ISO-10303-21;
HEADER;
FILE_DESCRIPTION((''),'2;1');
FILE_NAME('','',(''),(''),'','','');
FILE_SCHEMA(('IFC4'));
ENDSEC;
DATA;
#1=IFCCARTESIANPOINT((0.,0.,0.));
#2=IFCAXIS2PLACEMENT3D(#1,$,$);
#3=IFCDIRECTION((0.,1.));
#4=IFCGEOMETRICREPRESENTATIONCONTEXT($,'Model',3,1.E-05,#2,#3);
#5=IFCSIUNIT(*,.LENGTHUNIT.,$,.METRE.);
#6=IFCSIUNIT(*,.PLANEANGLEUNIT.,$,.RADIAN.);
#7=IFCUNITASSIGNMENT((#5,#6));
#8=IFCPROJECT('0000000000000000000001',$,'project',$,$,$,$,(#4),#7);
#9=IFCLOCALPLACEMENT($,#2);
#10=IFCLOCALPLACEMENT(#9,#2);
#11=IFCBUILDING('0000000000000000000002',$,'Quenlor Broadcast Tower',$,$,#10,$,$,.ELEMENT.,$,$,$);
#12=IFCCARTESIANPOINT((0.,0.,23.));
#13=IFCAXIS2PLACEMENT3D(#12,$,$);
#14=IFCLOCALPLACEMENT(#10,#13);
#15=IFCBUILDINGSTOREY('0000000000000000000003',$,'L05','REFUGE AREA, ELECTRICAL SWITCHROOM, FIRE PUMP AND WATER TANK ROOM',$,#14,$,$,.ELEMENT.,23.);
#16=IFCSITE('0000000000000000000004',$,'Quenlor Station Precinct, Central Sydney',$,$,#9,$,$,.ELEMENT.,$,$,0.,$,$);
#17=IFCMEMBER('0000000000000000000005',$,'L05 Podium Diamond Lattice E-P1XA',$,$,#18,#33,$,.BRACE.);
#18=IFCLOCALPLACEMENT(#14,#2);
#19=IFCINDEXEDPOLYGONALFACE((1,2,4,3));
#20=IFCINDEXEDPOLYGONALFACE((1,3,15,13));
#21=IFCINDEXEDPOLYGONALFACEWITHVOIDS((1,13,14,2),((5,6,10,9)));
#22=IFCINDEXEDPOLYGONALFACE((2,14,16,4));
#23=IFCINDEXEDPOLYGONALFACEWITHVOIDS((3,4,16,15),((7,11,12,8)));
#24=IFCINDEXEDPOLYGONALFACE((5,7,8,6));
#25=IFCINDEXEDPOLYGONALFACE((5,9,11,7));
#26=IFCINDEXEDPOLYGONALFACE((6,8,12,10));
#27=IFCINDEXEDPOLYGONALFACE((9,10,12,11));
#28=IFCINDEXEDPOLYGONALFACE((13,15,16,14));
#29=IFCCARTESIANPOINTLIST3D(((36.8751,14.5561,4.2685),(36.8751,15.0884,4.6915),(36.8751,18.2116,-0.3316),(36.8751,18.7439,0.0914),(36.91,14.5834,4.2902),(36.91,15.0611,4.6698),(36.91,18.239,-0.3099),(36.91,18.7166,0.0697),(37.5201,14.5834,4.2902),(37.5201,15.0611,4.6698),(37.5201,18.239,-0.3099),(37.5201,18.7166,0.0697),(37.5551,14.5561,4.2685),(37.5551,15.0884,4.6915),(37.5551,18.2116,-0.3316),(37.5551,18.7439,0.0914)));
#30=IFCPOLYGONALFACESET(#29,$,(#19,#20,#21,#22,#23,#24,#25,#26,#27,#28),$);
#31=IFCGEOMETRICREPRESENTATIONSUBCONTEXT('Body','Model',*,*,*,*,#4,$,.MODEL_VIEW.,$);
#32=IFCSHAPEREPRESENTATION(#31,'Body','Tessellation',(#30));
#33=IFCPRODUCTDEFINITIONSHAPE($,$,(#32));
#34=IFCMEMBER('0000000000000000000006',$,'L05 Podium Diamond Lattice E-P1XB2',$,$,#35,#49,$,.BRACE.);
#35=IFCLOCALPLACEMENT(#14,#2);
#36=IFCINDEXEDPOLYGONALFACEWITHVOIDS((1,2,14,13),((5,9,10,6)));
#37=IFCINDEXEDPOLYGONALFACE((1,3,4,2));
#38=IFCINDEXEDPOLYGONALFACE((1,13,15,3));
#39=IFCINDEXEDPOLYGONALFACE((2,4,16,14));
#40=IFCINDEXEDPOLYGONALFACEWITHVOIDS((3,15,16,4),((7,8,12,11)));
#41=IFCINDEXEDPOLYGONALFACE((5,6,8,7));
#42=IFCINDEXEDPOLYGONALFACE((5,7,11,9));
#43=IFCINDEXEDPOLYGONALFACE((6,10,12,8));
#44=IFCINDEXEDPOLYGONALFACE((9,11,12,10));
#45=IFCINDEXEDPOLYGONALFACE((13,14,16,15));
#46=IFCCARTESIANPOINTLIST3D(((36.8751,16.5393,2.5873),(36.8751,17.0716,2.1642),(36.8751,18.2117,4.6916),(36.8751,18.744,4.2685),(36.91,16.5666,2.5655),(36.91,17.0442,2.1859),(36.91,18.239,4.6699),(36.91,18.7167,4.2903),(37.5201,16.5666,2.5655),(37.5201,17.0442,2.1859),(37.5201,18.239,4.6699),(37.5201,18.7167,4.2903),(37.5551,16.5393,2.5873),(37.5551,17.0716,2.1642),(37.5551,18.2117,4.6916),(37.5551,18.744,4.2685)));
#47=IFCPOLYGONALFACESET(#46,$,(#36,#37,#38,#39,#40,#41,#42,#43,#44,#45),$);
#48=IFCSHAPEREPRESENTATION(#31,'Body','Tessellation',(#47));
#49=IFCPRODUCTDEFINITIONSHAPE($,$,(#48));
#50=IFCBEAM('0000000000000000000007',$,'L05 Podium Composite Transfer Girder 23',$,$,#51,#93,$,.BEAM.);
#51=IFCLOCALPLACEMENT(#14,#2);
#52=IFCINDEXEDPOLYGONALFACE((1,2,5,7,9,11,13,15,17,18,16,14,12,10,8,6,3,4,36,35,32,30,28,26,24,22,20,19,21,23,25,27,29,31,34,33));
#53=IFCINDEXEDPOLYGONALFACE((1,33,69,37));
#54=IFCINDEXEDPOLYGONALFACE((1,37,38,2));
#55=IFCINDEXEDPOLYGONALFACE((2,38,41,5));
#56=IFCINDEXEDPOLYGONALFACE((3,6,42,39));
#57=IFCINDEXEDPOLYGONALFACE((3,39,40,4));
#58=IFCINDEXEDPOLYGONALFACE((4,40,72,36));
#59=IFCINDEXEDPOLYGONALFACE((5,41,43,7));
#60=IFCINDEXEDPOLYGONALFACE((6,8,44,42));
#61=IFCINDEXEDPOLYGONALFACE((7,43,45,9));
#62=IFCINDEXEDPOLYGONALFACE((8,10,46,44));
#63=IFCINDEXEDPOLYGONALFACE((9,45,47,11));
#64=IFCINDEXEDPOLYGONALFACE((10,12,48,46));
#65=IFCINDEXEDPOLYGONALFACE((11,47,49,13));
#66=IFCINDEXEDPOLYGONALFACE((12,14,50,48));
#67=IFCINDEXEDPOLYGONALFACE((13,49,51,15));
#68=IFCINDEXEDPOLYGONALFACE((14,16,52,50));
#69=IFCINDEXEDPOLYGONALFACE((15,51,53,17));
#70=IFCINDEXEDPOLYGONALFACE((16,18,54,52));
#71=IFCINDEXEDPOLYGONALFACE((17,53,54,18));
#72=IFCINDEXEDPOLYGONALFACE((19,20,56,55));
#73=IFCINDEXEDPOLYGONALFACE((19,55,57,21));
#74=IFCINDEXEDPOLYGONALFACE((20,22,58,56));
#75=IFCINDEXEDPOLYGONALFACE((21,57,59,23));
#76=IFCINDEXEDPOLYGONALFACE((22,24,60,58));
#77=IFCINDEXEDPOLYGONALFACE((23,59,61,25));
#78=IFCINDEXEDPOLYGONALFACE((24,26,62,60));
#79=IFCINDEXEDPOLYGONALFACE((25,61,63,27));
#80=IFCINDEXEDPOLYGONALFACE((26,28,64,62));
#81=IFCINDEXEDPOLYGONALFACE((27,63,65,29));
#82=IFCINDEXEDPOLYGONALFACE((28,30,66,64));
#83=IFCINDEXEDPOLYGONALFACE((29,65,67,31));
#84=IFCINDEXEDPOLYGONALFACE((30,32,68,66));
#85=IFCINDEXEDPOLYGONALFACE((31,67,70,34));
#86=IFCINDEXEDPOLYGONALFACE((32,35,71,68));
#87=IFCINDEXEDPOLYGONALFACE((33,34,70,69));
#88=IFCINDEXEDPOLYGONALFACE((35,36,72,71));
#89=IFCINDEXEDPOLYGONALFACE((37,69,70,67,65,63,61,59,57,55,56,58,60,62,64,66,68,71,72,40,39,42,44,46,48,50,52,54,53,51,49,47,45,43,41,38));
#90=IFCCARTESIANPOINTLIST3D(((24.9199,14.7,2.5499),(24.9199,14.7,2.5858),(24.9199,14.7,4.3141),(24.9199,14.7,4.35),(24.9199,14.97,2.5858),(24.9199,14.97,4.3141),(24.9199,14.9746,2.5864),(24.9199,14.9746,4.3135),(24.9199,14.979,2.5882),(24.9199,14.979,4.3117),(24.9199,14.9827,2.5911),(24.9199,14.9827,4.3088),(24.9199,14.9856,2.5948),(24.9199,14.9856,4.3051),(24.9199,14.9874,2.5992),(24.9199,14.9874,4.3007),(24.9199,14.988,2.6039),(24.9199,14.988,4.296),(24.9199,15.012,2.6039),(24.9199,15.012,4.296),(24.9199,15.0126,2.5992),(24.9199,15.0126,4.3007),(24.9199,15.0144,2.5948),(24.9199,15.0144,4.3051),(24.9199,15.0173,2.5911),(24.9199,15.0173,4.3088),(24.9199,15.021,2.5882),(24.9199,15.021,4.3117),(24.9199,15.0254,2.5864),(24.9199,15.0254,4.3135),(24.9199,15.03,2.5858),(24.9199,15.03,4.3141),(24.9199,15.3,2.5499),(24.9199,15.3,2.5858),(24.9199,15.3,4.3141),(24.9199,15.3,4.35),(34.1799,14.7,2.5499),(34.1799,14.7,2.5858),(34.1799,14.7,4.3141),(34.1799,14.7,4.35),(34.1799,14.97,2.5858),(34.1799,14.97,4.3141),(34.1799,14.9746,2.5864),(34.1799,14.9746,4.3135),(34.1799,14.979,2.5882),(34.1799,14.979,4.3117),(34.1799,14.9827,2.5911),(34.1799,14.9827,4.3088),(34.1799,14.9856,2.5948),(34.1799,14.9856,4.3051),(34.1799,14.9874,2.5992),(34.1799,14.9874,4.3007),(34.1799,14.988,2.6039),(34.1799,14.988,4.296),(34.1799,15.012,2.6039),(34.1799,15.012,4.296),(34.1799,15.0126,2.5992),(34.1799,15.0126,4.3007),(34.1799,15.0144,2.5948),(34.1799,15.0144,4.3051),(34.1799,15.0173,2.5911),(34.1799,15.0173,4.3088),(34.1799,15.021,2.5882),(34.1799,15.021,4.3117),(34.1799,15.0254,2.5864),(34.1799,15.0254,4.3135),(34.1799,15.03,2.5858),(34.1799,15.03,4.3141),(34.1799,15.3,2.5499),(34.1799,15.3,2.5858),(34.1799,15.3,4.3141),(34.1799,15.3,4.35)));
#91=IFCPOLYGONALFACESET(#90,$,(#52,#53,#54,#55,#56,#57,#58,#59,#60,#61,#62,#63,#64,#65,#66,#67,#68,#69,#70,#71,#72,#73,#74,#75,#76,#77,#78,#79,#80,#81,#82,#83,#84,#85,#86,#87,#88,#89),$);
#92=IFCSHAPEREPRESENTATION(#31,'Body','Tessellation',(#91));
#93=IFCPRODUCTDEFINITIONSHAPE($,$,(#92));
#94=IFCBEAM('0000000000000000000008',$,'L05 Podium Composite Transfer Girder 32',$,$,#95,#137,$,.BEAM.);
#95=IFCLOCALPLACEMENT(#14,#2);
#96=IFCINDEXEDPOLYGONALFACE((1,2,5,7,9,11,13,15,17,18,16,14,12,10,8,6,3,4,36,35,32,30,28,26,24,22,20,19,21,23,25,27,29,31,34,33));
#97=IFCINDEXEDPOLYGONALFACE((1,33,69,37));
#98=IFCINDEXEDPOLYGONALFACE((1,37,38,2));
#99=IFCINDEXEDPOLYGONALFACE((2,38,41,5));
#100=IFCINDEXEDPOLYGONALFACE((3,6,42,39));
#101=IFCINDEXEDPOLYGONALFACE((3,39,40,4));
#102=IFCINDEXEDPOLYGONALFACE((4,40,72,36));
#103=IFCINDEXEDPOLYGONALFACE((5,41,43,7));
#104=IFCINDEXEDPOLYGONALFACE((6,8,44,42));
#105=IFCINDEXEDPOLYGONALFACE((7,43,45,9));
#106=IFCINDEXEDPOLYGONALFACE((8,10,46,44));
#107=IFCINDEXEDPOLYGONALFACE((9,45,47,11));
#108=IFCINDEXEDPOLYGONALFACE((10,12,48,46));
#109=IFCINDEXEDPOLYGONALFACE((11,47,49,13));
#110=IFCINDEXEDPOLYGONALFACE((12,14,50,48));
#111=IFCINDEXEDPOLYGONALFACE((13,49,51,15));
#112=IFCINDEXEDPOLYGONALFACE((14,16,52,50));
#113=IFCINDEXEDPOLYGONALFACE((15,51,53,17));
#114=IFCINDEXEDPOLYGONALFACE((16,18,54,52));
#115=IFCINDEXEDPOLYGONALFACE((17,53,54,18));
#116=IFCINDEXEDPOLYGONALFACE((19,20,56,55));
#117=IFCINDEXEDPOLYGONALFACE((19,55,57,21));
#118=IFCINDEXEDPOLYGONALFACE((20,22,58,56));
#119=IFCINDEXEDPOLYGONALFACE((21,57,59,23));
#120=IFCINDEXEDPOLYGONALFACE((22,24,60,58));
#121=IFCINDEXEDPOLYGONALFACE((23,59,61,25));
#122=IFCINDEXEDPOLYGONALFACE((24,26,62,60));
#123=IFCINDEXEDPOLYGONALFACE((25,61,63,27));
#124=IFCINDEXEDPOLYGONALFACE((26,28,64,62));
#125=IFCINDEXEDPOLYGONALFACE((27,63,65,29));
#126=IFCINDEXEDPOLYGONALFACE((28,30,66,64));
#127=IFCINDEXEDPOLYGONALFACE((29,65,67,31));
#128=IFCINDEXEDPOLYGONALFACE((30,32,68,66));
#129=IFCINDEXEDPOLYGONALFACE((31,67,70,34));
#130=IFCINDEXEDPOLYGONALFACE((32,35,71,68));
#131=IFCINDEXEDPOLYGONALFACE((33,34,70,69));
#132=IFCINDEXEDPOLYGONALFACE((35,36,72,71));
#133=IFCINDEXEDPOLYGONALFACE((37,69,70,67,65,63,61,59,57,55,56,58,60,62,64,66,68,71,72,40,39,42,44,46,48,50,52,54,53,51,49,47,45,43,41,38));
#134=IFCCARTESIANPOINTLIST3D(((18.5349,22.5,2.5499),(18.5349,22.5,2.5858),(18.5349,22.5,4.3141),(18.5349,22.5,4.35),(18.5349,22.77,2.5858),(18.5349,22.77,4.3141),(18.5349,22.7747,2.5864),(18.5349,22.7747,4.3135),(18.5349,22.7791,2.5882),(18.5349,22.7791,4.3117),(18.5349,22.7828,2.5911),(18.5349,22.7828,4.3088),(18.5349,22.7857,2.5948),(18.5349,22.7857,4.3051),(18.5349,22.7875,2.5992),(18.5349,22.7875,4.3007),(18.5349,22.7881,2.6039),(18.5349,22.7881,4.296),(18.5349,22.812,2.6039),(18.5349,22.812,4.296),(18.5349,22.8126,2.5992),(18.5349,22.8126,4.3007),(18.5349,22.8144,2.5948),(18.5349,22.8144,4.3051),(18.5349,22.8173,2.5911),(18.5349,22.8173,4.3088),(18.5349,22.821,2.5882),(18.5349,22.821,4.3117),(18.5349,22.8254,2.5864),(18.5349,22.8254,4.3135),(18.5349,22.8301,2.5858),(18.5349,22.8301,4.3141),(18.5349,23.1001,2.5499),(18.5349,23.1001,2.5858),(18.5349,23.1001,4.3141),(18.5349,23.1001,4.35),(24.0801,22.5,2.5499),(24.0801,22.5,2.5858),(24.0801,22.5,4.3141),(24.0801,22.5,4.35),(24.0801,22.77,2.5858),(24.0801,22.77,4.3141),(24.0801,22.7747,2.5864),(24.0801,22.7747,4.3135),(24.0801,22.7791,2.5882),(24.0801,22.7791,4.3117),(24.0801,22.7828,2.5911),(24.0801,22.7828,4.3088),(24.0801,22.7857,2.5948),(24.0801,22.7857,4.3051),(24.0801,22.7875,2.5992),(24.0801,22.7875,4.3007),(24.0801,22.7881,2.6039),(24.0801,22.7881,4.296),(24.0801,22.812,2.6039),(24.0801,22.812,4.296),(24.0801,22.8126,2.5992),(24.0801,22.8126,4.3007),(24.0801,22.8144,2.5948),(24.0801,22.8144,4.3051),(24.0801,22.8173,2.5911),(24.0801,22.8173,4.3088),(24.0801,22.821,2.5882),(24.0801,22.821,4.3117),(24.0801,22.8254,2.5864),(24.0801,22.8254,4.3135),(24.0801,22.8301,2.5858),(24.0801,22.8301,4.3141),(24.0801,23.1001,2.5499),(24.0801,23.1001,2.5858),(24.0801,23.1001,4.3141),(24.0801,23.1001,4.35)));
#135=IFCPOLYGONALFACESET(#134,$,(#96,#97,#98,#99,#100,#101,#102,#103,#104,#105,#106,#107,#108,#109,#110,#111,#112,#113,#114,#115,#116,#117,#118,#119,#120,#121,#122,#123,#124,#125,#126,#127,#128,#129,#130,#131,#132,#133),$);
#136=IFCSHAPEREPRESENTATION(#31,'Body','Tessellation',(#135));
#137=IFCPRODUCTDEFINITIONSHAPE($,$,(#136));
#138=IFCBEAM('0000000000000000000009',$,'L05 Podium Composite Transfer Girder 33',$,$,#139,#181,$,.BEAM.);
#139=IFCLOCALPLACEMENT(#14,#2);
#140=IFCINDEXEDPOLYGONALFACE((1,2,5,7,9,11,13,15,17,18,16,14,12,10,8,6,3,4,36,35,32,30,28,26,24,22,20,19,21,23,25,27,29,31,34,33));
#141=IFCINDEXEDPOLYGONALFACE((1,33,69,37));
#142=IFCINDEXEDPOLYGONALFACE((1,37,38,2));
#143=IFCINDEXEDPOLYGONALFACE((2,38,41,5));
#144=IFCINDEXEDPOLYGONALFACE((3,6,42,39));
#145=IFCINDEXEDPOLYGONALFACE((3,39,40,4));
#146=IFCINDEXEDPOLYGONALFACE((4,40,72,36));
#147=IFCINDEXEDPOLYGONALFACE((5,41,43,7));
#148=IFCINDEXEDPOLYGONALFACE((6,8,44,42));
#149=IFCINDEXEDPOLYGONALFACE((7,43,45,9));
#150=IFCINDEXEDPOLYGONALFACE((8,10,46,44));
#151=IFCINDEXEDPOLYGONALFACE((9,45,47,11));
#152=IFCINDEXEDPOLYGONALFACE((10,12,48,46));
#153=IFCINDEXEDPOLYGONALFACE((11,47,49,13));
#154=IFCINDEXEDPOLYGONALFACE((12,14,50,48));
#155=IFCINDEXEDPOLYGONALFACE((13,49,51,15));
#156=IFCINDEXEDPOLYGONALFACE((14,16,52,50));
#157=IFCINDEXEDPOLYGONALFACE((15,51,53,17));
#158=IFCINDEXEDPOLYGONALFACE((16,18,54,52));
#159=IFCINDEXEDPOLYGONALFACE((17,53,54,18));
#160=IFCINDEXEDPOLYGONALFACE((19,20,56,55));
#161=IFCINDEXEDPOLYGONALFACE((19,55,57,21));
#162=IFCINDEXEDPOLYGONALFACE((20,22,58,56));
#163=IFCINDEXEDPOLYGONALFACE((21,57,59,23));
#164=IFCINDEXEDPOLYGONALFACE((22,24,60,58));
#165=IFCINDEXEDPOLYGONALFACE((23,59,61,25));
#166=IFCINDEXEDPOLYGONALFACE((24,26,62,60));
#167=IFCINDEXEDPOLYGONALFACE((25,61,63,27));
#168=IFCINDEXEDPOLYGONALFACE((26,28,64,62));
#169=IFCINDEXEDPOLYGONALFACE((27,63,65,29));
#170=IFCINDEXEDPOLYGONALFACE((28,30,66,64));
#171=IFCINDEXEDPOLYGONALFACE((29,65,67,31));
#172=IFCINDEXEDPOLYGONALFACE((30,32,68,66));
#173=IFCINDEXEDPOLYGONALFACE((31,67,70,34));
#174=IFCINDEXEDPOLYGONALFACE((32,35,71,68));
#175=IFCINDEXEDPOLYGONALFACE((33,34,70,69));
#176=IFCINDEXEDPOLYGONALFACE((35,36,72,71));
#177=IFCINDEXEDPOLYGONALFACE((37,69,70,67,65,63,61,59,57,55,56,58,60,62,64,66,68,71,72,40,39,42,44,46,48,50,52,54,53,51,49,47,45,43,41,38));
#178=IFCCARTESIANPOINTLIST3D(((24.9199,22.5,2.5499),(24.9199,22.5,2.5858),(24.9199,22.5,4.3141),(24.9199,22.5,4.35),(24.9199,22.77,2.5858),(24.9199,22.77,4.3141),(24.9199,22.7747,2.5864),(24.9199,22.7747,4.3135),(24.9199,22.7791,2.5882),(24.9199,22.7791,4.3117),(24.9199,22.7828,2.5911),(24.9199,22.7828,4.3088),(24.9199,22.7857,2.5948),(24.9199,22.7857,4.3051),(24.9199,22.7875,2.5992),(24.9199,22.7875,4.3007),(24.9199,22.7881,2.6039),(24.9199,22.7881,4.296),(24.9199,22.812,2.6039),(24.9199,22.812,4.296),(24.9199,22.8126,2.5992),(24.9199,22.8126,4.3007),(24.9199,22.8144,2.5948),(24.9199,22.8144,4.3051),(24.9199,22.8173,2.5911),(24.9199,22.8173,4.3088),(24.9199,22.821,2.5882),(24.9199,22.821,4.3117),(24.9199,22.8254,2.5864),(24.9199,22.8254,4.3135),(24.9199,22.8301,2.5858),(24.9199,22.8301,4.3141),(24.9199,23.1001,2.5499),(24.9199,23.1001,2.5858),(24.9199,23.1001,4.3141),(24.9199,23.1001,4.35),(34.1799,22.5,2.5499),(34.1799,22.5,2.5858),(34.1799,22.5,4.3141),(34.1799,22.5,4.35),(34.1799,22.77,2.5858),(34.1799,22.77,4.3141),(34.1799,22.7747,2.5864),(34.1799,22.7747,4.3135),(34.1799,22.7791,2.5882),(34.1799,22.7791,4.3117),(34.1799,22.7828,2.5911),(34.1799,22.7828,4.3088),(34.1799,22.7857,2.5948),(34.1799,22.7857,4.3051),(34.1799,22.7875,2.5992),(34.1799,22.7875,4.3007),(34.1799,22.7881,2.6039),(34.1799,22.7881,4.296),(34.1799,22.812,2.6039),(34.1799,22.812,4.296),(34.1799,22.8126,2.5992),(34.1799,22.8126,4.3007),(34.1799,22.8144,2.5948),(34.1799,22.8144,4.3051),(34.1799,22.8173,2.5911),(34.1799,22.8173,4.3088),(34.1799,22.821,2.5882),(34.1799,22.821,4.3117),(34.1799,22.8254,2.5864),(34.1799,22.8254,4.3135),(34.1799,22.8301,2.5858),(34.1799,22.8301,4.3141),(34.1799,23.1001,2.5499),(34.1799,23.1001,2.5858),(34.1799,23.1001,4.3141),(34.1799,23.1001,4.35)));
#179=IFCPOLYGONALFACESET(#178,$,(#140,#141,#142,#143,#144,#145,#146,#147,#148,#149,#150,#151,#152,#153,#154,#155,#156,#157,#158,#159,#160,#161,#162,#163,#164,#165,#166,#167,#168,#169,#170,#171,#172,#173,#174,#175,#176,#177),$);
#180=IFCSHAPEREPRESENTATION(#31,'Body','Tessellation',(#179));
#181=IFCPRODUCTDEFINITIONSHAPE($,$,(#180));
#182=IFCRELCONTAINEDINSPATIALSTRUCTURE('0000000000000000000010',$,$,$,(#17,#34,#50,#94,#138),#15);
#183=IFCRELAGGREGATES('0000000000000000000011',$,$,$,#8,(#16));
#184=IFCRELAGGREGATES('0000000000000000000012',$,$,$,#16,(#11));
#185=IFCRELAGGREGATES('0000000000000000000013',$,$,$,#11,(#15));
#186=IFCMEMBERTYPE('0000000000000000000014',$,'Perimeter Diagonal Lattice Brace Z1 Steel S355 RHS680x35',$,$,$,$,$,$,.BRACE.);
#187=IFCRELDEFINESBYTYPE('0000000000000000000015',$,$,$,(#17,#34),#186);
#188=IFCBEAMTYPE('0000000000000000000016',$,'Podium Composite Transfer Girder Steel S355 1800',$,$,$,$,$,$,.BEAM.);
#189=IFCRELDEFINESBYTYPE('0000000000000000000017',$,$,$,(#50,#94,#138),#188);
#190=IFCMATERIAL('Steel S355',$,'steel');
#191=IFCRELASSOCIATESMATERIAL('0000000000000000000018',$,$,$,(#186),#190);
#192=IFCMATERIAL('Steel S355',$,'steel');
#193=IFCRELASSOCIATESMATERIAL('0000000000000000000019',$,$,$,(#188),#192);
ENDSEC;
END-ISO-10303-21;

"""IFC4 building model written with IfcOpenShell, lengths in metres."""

from ifc_helpers import new_model, si_unit, direction, frame, origin, origin_2d, place, context, subcontext, project, spatial, hollow_rectangle, i_section, extrude, material, material_profile, profile_set, type_object, element, save


model = new_model("IFC4")

# Units and contexts
model_context = context("Model", 3, precision=1e-05, world=origin(), true_north=direction((0.0, 1.0)))
body_context = subcontext(model_context, "Body", "Model", "MODEL_VIEW")
ifc_project = project(units=[si_unit("LENGTHUNIT", "METRE"), si_unit("PLANEANGLEUNIT", "RADIAN")], contexts=[model_context])

# Site, building, storey
site_placement = place(None, origin())
site = spatial("IfcSite", under=ifc_project, at=site_placement, Name="Quenlor Station Precinct, Central Sydney", CompositionType="ELEMENT", RefElevation=0.0)
building_placement = place(site_placement, origin())
building = spatial("IfcBuilding", under=site, at=building_placement, Name="Quenlor Broadcast Tower", CompositionType="ELEMENT")
storey_placement = place(building_placement, frame((0.0, 0.0, 23.0)))
storey = spatial("IfcBuildingStorey", under=building, at=storey_placement, Name="L05", Description="REFUGE AREA, ELECTRICAL SWITCHROOM, FIRE PUMP AND WATER TANK ROOM", CompositionType="ELEMENT", Elevation=23.0)

# Members
ifc_material_1 = material(Name="Steel S355", Category="steel")
ifc_material_profile_1 = material_profile(ifc_material_1, hollow_rectangle(XDim=0.6799, YDim=0.6799, WallThickness=0.0349, at=origin_2d()))
ifc_profile_set_1 = profile_set([ifc_material_profile_1], Name="Steel S355 RHS680x680x35")
member_type = type_object("IfcMemberType", Name="Perimeter Diagonal Lattice Brace Z1 Steel S355 RHS680x35", PredefinedType="BRACE", material=ifc_profile_set_1)
member_1_placement = place(storey_placement, frame((37.2151, 18.4778, -0.1201), z_axis=(0.0, -0.622143, 0.782904), x_axis=(1.0, 0.0, 0.0)))
element("IfcMember", 1, at=member_1_placement, inside=storey, type_object=member_type, Name="L05 Podium Diamond Lattice E-P1XA", PredefinedType="BRACE", context=body_context, shape_type="SweptSolid", body=[
    extrude(hollow_rectangle(XDim=0.6799, YDim=0.6799, WallThickness=0.0349, at=origin_2d()), origin(), (0.0, 0.0, 1.0), 5.8757),
])
member_2_placement = place(storey_placement, frame((37.2151, 16.8054, 2.3757), z_axis=(0.0, 0.622188, 0.782867), x_axis=(-1.0, 0.0, 0.0)))
element("IfcMember", 2, at=member_2_placement, inside=storey, type_object=member_type, Name="L05 Podium Diamond Lattice E-P1XB2", PredefinedType="BRACE", context=body_context, shape_type="SweptSolid", body=[
    extrude(hollow_rectangle(XDim=0.6799, YDim=0.6799, WallThickness=0.0349, at=origin_2d()), origin(), (0.0, 0.0, 1.0), 2.688),
])

# Beams
ifc_material_2 = material(Name="Steel S355", Category="steel")
ifc_material_profile_2 = material_profile(ifc_material_2, i_section(OverallWidth=0.6001, OverallDepth=1.8, WebThickness=0.0239, FlangeThickness=0.0359, FilletRadius=0.0181, at=origin_2d()))
ifc_profile_set_2 = profile_set([ifc_material_profile_2], Name="Steel S355 1800TG620")
beam_type = type_object("IfcBeamType", Name="Podium Composite Transfer Girder Steel S355 1800", PredefinedType="BEAM", material=ifc_profile_set_2)
beam_1_placement = place(storey_placement, frame((24.9199, 15.0, 3.45), z_axis=(1.0, 0.0, 0.0), x_axis=(0.0, 1.0, 0.0)))
element("IfcBeam", 3, at=beam_1_placement, inside=storey, type_object=beam_type, Name="L05 Podium Composite Transfer Girder 23", PredefinedType="BEAM", context=body_context, shape_type="SweptSolid", body=[
    extrude(i_section(OverallWidth=0.6001, OverallDepth=1.8, WebThickness=0.0239, FlangeThickness=0.0359, FilletRadius=0.0181, at=origin_2d()), origin(), (0.0, 0.0, 1.0), 9.26),
])
beam_2_placement = place(storey_placement, frame((18.5349, 22.8, 3.45), z_axis=(1.0, 0.0, 0.0), x_axis=(0.0, 1.0, 0.0)))
element("IfcBeam", 4, at=beam_2_placement, inside=storey, type_object=beam_type, Name="L05 Podium Composite Transfer Girder 32", PredefinedType="BEAM", context=body_context, shape_type="SweptSolid", body=[
    extrude(i_section(OverallWidth=0.6001, OverallDepth=1.8, WebThickness=0.0239, FlangeThickness=0.0359, FilletRadius=0.0181, at=origin_2d()), origin(), (0.0, 0.0, 1.0), 5.5452),
])
beam_3_placement = place(storey_placement, frame((24.9199, 22.8, 3.45), z_axis=(1.0, 0.0, 0.0), x_axis=(0.0, 1.0, 0.0)))
element("IfcBeam", 5, at=beam_3_placement, inside=storey, type_object=beam_type, Name="L05 Podium Composite Transfer Girder 33", PredefinedType="BEAM", context=body_context, shape_type="SweptSolid", body=[
    extrude(i_section(OverallWidth=0.6001, OverallDepth=1.8, WebThickness=0.0239, FlangeThickness=0.0359, FilletRadius=0.0181, at=origin_2d()), origin(), (0.0, 0.0, 1.0), 9.26),
])

save(model, "model.ifc")
